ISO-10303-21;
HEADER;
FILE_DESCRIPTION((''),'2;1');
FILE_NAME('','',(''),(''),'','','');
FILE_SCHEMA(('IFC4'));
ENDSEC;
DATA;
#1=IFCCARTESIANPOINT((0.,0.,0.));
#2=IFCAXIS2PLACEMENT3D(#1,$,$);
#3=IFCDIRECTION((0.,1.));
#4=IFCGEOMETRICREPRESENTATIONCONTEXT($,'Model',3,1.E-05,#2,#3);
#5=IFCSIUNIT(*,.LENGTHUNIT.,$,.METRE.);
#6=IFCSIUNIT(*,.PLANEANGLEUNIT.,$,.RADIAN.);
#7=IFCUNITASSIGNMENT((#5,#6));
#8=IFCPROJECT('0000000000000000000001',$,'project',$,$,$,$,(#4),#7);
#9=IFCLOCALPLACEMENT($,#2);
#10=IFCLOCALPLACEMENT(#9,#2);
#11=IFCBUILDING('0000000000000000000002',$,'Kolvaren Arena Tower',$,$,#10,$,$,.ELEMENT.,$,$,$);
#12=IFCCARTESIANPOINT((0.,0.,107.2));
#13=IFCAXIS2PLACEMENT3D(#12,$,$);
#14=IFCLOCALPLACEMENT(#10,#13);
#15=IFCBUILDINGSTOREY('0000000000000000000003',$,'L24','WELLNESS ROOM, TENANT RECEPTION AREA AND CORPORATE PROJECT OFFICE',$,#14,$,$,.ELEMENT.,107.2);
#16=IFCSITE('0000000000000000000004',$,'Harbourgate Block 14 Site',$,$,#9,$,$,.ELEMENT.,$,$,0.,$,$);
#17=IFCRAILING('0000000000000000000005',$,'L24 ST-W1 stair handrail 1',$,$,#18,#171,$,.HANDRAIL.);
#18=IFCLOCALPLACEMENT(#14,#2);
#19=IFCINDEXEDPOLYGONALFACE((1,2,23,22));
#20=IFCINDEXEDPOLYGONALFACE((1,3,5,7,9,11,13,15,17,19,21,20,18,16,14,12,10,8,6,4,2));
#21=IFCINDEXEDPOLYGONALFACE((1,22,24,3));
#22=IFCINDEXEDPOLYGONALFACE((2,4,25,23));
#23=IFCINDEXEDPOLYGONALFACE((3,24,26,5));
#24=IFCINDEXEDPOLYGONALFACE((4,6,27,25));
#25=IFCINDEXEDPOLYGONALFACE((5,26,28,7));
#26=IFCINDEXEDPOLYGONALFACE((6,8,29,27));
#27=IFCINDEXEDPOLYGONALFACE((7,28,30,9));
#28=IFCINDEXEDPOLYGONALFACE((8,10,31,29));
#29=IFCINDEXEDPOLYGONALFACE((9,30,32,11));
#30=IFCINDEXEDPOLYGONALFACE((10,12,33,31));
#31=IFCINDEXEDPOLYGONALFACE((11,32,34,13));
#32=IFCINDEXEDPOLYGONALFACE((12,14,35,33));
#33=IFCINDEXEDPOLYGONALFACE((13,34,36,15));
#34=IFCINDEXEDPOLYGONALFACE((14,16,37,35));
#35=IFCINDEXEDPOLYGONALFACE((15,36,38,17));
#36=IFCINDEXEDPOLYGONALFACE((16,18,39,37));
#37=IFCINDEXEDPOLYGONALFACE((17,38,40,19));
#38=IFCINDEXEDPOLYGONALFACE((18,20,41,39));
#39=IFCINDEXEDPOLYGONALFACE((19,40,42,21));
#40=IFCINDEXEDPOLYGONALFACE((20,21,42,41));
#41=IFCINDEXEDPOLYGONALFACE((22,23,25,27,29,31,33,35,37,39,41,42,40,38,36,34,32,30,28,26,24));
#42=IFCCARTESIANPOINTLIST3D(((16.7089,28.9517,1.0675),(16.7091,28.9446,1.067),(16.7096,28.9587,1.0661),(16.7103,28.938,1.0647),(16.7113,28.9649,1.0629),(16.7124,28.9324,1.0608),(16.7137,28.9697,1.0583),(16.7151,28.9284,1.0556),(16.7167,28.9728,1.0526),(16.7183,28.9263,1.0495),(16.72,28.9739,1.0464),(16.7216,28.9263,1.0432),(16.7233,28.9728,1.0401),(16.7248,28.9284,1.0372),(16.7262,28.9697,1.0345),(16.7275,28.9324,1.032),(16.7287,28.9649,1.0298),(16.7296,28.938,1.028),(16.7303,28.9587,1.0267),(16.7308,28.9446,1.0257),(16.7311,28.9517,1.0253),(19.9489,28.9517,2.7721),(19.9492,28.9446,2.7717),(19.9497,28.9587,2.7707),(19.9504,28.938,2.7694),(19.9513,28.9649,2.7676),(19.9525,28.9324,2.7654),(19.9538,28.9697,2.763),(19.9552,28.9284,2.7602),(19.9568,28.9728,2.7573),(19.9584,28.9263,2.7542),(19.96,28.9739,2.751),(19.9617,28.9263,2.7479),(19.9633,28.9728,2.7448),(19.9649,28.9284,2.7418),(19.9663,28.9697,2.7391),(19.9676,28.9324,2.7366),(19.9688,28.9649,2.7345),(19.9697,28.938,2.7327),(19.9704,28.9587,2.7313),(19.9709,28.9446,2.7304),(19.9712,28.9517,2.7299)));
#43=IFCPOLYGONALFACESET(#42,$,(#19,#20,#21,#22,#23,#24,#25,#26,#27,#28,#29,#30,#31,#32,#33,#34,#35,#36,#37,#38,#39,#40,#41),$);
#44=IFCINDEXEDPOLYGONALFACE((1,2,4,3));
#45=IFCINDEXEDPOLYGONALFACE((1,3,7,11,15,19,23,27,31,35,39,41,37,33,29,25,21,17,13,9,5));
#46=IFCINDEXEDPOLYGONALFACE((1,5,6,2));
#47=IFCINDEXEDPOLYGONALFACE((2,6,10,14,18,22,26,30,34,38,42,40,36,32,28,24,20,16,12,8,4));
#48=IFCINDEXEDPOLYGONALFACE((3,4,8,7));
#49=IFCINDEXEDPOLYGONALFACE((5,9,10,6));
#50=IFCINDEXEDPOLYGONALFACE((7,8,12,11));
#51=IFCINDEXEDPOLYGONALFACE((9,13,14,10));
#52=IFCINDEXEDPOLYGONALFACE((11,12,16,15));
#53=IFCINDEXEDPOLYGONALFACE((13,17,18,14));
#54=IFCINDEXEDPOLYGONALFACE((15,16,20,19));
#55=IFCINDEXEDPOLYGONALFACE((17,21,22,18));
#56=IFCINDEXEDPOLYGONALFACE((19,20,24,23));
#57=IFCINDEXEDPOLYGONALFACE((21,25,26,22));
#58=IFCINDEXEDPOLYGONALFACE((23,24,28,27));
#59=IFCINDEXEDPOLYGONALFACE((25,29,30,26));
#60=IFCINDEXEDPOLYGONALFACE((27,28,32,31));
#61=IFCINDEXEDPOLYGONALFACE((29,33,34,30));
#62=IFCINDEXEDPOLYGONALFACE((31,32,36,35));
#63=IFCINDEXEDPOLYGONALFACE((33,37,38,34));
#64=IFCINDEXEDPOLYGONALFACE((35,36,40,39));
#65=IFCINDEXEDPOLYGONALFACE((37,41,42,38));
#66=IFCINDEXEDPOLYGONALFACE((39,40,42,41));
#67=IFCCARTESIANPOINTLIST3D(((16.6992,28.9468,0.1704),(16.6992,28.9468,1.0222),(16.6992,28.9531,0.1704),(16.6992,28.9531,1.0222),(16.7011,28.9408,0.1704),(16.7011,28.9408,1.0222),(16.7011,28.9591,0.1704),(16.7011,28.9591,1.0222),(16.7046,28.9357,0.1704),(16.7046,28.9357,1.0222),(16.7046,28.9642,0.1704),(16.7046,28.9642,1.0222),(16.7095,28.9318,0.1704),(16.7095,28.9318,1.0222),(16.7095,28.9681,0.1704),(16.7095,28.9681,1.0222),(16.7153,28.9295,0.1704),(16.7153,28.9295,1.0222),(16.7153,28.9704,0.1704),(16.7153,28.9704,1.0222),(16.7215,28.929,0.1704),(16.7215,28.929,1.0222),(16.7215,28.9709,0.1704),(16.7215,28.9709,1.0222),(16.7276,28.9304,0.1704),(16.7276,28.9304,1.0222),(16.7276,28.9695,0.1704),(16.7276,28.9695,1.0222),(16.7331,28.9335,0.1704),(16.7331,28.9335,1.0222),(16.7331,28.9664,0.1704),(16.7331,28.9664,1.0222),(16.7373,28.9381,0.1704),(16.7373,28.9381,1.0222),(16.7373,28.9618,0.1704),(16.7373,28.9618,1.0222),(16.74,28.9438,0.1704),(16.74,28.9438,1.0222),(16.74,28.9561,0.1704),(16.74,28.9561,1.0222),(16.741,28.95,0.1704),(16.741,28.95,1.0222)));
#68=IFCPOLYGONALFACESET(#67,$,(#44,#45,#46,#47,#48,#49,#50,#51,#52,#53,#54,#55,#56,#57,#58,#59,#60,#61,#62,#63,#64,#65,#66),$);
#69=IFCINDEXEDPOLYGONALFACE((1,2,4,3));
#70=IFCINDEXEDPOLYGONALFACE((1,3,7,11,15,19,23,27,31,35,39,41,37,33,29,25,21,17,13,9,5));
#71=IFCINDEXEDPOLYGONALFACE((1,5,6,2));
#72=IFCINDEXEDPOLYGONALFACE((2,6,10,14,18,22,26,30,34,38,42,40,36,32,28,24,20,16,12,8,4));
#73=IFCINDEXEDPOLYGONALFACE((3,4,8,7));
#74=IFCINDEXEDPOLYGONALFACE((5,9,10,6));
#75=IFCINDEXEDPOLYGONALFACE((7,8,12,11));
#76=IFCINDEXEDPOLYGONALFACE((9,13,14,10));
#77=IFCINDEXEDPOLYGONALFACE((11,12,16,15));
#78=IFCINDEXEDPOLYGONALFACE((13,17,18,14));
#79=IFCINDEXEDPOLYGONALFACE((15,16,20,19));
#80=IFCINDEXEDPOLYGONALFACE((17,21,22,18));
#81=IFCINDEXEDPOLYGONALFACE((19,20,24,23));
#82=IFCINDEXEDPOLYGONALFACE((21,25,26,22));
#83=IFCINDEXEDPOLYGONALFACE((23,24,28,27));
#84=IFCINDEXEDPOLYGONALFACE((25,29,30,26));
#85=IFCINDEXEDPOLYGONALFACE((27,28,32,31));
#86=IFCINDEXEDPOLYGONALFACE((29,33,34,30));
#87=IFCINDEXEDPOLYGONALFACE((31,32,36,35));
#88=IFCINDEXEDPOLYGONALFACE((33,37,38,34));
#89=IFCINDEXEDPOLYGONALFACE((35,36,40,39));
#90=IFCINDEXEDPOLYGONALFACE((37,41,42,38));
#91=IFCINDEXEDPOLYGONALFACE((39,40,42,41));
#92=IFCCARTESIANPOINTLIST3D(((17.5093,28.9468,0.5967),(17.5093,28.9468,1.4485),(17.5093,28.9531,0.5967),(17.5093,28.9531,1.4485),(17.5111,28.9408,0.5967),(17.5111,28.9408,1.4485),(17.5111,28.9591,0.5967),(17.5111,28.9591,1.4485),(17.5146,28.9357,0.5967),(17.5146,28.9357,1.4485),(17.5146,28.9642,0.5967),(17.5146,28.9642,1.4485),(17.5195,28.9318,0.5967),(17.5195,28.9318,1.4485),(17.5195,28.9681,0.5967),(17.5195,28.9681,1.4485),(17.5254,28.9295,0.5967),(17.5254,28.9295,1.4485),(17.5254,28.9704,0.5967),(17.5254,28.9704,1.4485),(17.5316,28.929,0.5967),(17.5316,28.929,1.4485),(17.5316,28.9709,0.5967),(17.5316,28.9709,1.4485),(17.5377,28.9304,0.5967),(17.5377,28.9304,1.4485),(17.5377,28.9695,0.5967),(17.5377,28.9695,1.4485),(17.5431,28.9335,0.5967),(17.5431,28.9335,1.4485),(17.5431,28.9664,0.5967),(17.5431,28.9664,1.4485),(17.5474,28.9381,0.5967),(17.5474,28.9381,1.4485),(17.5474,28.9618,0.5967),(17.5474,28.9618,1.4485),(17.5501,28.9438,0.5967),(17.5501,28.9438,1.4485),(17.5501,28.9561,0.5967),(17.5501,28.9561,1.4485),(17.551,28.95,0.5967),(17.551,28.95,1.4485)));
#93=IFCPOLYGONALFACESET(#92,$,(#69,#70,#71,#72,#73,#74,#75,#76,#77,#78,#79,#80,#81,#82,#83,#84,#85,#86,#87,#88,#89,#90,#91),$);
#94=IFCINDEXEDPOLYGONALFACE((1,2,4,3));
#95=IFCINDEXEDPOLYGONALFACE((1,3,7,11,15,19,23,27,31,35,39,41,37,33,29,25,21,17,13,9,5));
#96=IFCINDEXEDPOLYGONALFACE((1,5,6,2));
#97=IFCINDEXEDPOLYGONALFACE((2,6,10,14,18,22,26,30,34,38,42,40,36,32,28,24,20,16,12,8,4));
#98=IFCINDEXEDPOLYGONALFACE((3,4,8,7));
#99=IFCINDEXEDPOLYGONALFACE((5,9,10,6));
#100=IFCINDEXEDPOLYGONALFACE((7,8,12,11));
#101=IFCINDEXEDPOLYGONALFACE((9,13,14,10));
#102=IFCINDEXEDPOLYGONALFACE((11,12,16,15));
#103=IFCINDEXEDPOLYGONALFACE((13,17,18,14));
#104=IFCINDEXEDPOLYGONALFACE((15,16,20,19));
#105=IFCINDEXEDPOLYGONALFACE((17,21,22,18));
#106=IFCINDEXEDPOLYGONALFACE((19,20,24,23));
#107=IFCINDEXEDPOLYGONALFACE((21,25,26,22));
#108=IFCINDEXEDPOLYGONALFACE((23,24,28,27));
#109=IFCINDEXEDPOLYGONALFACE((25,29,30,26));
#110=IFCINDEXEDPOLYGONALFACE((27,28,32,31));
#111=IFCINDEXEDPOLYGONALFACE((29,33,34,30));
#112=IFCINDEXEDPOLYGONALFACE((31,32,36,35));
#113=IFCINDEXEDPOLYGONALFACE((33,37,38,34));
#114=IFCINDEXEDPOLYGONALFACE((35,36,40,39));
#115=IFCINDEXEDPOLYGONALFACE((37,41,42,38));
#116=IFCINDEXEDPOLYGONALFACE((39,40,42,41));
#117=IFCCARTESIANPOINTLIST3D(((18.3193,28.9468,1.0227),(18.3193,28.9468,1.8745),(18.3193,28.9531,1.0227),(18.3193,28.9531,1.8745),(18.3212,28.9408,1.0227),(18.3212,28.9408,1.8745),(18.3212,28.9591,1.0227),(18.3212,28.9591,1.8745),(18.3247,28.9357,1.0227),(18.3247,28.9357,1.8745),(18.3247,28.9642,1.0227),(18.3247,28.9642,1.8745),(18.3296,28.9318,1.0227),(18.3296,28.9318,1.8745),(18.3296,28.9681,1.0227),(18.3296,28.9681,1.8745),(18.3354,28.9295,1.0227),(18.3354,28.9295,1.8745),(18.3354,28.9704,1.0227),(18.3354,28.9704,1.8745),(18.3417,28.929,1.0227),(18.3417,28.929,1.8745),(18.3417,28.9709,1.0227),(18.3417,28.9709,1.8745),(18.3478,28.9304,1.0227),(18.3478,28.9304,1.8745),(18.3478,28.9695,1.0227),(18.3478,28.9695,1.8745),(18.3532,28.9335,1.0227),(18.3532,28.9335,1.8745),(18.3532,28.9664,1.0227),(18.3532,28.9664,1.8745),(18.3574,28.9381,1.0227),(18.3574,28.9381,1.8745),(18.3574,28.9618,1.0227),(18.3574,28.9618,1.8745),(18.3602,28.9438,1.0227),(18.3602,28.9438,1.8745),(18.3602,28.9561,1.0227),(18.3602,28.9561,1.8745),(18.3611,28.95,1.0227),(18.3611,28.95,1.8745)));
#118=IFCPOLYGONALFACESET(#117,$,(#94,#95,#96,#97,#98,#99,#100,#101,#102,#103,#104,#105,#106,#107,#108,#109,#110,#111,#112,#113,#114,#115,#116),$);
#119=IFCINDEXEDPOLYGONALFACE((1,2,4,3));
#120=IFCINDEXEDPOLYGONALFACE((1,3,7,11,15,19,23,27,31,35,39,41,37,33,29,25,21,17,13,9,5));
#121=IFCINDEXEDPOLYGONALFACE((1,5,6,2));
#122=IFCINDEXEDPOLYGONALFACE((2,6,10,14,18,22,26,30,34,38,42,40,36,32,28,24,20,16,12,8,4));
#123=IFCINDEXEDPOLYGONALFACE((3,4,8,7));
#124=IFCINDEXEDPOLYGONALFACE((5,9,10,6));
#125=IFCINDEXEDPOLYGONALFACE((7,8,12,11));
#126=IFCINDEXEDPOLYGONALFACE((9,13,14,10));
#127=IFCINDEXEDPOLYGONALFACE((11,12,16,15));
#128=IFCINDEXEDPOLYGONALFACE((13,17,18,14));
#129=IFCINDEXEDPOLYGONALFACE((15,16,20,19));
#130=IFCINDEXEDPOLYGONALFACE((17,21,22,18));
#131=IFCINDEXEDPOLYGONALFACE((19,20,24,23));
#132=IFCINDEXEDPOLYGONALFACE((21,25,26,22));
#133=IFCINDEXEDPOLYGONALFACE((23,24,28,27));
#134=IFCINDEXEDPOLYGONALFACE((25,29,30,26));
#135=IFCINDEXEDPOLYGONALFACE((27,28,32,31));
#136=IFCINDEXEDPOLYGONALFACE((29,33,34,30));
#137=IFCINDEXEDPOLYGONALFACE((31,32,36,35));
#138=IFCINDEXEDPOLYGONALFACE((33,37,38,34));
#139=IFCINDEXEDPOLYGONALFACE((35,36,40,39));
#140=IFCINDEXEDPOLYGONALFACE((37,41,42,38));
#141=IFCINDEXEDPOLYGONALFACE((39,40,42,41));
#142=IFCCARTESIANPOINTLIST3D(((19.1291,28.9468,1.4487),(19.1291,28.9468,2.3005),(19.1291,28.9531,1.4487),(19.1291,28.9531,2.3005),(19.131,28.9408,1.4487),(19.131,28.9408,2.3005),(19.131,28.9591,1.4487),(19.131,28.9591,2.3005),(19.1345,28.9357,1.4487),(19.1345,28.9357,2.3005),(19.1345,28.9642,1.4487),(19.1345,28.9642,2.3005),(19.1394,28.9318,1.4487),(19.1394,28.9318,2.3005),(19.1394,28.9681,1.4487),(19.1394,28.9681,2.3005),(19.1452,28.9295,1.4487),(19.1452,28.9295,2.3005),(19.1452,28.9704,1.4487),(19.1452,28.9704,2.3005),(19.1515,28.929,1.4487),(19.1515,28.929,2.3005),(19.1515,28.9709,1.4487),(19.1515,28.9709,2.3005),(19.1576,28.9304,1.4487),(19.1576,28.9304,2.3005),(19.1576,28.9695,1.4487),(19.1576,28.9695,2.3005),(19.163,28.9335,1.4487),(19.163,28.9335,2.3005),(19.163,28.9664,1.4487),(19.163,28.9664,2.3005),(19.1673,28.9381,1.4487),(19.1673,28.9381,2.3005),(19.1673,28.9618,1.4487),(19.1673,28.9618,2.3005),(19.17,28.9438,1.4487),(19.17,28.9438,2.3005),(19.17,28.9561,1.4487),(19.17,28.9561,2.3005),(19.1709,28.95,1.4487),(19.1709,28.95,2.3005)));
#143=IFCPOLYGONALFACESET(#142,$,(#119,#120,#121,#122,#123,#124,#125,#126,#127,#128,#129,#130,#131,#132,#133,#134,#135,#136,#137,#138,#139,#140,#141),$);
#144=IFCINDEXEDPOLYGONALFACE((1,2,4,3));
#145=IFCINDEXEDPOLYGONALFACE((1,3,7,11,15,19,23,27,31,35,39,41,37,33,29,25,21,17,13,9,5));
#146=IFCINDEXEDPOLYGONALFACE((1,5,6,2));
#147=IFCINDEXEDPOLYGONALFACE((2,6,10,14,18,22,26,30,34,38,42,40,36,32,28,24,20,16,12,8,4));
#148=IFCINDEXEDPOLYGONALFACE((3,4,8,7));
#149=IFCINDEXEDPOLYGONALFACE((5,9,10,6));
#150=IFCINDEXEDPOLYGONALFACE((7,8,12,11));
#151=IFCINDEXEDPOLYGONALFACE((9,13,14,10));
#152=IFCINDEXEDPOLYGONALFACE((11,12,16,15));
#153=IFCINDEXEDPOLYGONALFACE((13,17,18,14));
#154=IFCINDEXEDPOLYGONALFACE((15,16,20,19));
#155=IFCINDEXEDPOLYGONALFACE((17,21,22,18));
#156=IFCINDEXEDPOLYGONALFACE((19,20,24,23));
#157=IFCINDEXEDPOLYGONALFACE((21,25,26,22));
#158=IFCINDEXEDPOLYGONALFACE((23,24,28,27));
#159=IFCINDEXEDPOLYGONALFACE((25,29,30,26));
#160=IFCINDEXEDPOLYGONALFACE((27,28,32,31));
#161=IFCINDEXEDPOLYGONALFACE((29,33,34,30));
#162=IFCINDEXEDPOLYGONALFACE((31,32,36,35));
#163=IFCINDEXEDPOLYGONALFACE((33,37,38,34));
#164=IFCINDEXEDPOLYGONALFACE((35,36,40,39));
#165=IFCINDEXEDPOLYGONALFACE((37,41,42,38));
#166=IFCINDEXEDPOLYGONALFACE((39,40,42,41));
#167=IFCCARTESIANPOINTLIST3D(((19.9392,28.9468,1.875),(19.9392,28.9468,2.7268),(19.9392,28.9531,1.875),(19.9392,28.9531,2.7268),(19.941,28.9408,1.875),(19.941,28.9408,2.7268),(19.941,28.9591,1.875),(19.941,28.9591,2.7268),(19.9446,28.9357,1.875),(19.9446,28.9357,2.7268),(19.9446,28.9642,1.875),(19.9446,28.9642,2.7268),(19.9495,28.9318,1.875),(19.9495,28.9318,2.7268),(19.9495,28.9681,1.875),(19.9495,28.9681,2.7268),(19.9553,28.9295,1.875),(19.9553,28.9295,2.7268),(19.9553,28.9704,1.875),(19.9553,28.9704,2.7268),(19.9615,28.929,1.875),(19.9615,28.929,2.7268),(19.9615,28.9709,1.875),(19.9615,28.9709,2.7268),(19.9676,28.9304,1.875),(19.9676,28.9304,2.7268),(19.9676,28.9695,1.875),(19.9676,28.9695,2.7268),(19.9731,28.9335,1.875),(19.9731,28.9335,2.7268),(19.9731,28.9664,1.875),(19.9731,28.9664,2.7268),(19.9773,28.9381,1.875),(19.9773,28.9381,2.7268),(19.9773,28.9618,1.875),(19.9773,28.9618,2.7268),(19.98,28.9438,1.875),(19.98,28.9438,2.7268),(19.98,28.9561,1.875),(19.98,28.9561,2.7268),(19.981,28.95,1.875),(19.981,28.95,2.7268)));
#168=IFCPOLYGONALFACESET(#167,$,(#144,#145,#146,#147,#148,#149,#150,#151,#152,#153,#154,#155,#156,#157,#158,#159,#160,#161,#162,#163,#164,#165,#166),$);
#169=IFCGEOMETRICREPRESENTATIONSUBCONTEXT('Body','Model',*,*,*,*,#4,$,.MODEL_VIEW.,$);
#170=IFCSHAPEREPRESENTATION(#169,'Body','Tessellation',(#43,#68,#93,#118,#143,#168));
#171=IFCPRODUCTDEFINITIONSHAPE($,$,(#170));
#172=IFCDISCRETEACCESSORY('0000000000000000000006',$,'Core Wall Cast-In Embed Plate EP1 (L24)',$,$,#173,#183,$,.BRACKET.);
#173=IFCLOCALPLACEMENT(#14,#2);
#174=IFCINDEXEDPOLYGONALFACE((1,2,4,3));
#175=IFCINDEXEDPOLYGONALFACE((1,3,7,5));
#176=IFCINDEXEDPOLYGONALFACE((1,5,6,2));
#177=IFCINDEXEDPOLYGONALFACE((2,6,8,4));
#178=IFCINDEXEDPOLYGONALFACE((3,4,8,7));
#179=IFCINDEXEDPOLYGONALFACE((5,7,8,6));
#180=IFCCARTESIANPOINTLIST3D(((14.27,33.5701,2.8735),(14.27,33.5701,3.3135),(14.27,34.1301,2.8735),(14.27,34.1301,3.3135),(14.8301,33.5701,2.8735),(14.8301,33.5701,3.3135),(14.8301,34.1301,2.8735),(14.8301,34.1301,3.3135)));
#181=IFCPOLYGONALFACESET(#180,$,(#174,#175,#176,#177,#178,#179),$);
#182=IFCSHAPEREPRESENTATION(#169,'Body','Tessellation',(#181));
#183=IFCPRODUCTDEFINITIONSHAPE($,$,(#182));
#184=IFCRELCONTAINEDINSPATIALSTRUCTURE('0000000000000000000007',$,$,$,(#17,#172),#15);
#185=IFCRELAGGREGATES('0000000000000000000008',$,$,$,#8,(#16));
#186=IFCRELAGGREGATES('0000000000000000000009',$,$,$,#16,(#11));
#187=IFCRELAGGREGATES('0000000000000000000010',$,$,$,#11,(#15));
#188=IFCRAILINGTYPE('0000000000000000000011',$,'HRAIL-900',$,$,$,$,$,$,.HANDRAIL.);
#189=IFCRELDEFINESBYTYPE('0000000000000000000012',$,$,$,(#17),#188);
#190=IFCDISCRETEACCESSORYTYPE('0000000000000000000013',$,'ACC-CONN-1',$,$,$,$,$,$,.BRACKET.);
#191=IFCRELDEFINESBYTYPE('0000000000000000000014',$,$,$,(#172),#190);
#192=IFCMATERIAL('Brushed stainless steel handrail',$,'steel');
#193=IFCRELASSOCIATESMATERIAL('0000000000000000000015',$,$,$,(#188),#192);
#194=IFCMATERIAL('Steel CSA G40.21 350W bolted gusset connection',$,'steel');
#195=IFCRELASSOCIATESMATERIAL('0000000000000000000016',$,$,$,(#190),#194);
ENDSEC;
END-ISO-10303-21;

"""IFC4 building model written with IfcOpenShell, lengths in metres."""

from ifc_helpers import new_model, si_unit, direction, frame, origin, origin_2d, place, context, subcontext, project, spatial, rectangle, circle, extrude, material, type_object, element, save


model = new_model("IFC4")

# Units and contexts
model_context = context("Model", 3, precision=1e-05, world=origin(), true_north=direction((0.0, 1.0)))
body_context = subcontext(model_context, "Body", "Model", "MODEL_VIEW")
ifc_project = project(units=[si_unit("LENGTHUNIT", "METRE"), si_unit("PLANEANGLEUNIT", "RADIAN")], contexts=[model_context])

# Site, building, storey
site_placement = place(None, origin())
site = spatial("IfcSite", under=ifc_project, at=site_placement, Name="Harbourgate Block 14 Site", CompositionType="ELEMENT", RefElevation=0.0)
building_placement = place(site_placement, origin())
building = spatial("IfcBuilding", under=site, at=building_placement, Name="Kolvaren Arena Tower", CompositionType="ELEMENT")
storey_placement = place(building_placement, frame((0.0, 0.0, 107.2)))
storey = spatial("IfcBuildingStorey", under=building, at=storey_placement, Name="L24", Description="WELLNESS ROOM, TENANT RECEPTION AREA AND CORPORATE PROJECT OFFICE", CompositionType="ELEMENT", Elevation=107.2)

# Railing
ifc_material_1 = material(Name="Brushed stainless steel handrail", Category="steel")
railing_type_1 = type_object("IfcRailingType", Name="HRAIL-900", PredefinedType="HANDRAIL", material=ifc_material_1)
railing_1_placement = place(storey_placement, frame((16.72, 28.95, 0.1704)))
element("IfcRailing", 1, at=railing_1_placement, inside=storey, type_object=railing_type_1, Name="L24 ST-W1 stair handrail 1", PredefinedType="HANDRAIL", context=body_context, shape_type="SweptSolid", body=[
    extrude(circle(Radius=0.0239, at=origin_2d()), frame((0.0, 0.0, 0.876), z_axis=(0.884993, 0.0, 0.465604), x_axis=(0.0, 1.0, 0.0)), (0.0, 0.0, 1.0), 3.6611),
    extrude(circle(Radius=0.021, at=origin_2d()), origin(), (0.0, 0.0, 1.0), 0.8518),
    extrude(circle(Radius=0.021, at=origin_2d()), frame((0.8101, 0.0, 0.4263)), (0.0, 0.0, 1.0), 0.8518),
    extrude(circle(Radius=0.021, at=origin_2d()), frame((1.6201, 0.0, 0.8523)), (0.0, 0.0, 1.0), 0.8518),
    extrude(circle(Radius=0.021, at=origin_2d()), frame((2.4299, 0.0, 1.2783)), (0.0, 0.0, 1.0), 0.8518),
    extrude(circle(Radius=0.021, at=origin_2d()), frame((3.24, 0.0, 1.7046)), (0.0, 0.0, 1.0), 0.8518),
])

# Discrete accessory
ifc_material_2 = material(Name="Steel CSA G40.21 350W bolted gusset connection", Category="steel")
discrete_accessory_type = type_object("IfcDiscreteAccessoryType", Name="ACC-CONN-1", PredefinedType="BRACKET", material=ifc_material_2)
discrete_accessory_placement = place(storey_placement, frame((14.55, 33.8501, 2.8735), z_axis=(0.0, 0.0, 1.0), x_axis=(1.0, 0.0, 0.0)))
element("IfcDiscreteAccessory", 2, at=discrete_accessory_placement, inside=storey, type_object=discrete_accessory_type, Name="Core Wall Cast-In Embed Plate EP1 (L24)", PredefinedType="BRACKET", context=body_context, shape_type="SweptSolid", body=[
    extrude(rectangle(XDim=0.5601, YDim=0.5601, at=origin_2d()), origin(), (0.0, 0.0, 1.0), 0.4399),
])

save(model, "model.ifc")
